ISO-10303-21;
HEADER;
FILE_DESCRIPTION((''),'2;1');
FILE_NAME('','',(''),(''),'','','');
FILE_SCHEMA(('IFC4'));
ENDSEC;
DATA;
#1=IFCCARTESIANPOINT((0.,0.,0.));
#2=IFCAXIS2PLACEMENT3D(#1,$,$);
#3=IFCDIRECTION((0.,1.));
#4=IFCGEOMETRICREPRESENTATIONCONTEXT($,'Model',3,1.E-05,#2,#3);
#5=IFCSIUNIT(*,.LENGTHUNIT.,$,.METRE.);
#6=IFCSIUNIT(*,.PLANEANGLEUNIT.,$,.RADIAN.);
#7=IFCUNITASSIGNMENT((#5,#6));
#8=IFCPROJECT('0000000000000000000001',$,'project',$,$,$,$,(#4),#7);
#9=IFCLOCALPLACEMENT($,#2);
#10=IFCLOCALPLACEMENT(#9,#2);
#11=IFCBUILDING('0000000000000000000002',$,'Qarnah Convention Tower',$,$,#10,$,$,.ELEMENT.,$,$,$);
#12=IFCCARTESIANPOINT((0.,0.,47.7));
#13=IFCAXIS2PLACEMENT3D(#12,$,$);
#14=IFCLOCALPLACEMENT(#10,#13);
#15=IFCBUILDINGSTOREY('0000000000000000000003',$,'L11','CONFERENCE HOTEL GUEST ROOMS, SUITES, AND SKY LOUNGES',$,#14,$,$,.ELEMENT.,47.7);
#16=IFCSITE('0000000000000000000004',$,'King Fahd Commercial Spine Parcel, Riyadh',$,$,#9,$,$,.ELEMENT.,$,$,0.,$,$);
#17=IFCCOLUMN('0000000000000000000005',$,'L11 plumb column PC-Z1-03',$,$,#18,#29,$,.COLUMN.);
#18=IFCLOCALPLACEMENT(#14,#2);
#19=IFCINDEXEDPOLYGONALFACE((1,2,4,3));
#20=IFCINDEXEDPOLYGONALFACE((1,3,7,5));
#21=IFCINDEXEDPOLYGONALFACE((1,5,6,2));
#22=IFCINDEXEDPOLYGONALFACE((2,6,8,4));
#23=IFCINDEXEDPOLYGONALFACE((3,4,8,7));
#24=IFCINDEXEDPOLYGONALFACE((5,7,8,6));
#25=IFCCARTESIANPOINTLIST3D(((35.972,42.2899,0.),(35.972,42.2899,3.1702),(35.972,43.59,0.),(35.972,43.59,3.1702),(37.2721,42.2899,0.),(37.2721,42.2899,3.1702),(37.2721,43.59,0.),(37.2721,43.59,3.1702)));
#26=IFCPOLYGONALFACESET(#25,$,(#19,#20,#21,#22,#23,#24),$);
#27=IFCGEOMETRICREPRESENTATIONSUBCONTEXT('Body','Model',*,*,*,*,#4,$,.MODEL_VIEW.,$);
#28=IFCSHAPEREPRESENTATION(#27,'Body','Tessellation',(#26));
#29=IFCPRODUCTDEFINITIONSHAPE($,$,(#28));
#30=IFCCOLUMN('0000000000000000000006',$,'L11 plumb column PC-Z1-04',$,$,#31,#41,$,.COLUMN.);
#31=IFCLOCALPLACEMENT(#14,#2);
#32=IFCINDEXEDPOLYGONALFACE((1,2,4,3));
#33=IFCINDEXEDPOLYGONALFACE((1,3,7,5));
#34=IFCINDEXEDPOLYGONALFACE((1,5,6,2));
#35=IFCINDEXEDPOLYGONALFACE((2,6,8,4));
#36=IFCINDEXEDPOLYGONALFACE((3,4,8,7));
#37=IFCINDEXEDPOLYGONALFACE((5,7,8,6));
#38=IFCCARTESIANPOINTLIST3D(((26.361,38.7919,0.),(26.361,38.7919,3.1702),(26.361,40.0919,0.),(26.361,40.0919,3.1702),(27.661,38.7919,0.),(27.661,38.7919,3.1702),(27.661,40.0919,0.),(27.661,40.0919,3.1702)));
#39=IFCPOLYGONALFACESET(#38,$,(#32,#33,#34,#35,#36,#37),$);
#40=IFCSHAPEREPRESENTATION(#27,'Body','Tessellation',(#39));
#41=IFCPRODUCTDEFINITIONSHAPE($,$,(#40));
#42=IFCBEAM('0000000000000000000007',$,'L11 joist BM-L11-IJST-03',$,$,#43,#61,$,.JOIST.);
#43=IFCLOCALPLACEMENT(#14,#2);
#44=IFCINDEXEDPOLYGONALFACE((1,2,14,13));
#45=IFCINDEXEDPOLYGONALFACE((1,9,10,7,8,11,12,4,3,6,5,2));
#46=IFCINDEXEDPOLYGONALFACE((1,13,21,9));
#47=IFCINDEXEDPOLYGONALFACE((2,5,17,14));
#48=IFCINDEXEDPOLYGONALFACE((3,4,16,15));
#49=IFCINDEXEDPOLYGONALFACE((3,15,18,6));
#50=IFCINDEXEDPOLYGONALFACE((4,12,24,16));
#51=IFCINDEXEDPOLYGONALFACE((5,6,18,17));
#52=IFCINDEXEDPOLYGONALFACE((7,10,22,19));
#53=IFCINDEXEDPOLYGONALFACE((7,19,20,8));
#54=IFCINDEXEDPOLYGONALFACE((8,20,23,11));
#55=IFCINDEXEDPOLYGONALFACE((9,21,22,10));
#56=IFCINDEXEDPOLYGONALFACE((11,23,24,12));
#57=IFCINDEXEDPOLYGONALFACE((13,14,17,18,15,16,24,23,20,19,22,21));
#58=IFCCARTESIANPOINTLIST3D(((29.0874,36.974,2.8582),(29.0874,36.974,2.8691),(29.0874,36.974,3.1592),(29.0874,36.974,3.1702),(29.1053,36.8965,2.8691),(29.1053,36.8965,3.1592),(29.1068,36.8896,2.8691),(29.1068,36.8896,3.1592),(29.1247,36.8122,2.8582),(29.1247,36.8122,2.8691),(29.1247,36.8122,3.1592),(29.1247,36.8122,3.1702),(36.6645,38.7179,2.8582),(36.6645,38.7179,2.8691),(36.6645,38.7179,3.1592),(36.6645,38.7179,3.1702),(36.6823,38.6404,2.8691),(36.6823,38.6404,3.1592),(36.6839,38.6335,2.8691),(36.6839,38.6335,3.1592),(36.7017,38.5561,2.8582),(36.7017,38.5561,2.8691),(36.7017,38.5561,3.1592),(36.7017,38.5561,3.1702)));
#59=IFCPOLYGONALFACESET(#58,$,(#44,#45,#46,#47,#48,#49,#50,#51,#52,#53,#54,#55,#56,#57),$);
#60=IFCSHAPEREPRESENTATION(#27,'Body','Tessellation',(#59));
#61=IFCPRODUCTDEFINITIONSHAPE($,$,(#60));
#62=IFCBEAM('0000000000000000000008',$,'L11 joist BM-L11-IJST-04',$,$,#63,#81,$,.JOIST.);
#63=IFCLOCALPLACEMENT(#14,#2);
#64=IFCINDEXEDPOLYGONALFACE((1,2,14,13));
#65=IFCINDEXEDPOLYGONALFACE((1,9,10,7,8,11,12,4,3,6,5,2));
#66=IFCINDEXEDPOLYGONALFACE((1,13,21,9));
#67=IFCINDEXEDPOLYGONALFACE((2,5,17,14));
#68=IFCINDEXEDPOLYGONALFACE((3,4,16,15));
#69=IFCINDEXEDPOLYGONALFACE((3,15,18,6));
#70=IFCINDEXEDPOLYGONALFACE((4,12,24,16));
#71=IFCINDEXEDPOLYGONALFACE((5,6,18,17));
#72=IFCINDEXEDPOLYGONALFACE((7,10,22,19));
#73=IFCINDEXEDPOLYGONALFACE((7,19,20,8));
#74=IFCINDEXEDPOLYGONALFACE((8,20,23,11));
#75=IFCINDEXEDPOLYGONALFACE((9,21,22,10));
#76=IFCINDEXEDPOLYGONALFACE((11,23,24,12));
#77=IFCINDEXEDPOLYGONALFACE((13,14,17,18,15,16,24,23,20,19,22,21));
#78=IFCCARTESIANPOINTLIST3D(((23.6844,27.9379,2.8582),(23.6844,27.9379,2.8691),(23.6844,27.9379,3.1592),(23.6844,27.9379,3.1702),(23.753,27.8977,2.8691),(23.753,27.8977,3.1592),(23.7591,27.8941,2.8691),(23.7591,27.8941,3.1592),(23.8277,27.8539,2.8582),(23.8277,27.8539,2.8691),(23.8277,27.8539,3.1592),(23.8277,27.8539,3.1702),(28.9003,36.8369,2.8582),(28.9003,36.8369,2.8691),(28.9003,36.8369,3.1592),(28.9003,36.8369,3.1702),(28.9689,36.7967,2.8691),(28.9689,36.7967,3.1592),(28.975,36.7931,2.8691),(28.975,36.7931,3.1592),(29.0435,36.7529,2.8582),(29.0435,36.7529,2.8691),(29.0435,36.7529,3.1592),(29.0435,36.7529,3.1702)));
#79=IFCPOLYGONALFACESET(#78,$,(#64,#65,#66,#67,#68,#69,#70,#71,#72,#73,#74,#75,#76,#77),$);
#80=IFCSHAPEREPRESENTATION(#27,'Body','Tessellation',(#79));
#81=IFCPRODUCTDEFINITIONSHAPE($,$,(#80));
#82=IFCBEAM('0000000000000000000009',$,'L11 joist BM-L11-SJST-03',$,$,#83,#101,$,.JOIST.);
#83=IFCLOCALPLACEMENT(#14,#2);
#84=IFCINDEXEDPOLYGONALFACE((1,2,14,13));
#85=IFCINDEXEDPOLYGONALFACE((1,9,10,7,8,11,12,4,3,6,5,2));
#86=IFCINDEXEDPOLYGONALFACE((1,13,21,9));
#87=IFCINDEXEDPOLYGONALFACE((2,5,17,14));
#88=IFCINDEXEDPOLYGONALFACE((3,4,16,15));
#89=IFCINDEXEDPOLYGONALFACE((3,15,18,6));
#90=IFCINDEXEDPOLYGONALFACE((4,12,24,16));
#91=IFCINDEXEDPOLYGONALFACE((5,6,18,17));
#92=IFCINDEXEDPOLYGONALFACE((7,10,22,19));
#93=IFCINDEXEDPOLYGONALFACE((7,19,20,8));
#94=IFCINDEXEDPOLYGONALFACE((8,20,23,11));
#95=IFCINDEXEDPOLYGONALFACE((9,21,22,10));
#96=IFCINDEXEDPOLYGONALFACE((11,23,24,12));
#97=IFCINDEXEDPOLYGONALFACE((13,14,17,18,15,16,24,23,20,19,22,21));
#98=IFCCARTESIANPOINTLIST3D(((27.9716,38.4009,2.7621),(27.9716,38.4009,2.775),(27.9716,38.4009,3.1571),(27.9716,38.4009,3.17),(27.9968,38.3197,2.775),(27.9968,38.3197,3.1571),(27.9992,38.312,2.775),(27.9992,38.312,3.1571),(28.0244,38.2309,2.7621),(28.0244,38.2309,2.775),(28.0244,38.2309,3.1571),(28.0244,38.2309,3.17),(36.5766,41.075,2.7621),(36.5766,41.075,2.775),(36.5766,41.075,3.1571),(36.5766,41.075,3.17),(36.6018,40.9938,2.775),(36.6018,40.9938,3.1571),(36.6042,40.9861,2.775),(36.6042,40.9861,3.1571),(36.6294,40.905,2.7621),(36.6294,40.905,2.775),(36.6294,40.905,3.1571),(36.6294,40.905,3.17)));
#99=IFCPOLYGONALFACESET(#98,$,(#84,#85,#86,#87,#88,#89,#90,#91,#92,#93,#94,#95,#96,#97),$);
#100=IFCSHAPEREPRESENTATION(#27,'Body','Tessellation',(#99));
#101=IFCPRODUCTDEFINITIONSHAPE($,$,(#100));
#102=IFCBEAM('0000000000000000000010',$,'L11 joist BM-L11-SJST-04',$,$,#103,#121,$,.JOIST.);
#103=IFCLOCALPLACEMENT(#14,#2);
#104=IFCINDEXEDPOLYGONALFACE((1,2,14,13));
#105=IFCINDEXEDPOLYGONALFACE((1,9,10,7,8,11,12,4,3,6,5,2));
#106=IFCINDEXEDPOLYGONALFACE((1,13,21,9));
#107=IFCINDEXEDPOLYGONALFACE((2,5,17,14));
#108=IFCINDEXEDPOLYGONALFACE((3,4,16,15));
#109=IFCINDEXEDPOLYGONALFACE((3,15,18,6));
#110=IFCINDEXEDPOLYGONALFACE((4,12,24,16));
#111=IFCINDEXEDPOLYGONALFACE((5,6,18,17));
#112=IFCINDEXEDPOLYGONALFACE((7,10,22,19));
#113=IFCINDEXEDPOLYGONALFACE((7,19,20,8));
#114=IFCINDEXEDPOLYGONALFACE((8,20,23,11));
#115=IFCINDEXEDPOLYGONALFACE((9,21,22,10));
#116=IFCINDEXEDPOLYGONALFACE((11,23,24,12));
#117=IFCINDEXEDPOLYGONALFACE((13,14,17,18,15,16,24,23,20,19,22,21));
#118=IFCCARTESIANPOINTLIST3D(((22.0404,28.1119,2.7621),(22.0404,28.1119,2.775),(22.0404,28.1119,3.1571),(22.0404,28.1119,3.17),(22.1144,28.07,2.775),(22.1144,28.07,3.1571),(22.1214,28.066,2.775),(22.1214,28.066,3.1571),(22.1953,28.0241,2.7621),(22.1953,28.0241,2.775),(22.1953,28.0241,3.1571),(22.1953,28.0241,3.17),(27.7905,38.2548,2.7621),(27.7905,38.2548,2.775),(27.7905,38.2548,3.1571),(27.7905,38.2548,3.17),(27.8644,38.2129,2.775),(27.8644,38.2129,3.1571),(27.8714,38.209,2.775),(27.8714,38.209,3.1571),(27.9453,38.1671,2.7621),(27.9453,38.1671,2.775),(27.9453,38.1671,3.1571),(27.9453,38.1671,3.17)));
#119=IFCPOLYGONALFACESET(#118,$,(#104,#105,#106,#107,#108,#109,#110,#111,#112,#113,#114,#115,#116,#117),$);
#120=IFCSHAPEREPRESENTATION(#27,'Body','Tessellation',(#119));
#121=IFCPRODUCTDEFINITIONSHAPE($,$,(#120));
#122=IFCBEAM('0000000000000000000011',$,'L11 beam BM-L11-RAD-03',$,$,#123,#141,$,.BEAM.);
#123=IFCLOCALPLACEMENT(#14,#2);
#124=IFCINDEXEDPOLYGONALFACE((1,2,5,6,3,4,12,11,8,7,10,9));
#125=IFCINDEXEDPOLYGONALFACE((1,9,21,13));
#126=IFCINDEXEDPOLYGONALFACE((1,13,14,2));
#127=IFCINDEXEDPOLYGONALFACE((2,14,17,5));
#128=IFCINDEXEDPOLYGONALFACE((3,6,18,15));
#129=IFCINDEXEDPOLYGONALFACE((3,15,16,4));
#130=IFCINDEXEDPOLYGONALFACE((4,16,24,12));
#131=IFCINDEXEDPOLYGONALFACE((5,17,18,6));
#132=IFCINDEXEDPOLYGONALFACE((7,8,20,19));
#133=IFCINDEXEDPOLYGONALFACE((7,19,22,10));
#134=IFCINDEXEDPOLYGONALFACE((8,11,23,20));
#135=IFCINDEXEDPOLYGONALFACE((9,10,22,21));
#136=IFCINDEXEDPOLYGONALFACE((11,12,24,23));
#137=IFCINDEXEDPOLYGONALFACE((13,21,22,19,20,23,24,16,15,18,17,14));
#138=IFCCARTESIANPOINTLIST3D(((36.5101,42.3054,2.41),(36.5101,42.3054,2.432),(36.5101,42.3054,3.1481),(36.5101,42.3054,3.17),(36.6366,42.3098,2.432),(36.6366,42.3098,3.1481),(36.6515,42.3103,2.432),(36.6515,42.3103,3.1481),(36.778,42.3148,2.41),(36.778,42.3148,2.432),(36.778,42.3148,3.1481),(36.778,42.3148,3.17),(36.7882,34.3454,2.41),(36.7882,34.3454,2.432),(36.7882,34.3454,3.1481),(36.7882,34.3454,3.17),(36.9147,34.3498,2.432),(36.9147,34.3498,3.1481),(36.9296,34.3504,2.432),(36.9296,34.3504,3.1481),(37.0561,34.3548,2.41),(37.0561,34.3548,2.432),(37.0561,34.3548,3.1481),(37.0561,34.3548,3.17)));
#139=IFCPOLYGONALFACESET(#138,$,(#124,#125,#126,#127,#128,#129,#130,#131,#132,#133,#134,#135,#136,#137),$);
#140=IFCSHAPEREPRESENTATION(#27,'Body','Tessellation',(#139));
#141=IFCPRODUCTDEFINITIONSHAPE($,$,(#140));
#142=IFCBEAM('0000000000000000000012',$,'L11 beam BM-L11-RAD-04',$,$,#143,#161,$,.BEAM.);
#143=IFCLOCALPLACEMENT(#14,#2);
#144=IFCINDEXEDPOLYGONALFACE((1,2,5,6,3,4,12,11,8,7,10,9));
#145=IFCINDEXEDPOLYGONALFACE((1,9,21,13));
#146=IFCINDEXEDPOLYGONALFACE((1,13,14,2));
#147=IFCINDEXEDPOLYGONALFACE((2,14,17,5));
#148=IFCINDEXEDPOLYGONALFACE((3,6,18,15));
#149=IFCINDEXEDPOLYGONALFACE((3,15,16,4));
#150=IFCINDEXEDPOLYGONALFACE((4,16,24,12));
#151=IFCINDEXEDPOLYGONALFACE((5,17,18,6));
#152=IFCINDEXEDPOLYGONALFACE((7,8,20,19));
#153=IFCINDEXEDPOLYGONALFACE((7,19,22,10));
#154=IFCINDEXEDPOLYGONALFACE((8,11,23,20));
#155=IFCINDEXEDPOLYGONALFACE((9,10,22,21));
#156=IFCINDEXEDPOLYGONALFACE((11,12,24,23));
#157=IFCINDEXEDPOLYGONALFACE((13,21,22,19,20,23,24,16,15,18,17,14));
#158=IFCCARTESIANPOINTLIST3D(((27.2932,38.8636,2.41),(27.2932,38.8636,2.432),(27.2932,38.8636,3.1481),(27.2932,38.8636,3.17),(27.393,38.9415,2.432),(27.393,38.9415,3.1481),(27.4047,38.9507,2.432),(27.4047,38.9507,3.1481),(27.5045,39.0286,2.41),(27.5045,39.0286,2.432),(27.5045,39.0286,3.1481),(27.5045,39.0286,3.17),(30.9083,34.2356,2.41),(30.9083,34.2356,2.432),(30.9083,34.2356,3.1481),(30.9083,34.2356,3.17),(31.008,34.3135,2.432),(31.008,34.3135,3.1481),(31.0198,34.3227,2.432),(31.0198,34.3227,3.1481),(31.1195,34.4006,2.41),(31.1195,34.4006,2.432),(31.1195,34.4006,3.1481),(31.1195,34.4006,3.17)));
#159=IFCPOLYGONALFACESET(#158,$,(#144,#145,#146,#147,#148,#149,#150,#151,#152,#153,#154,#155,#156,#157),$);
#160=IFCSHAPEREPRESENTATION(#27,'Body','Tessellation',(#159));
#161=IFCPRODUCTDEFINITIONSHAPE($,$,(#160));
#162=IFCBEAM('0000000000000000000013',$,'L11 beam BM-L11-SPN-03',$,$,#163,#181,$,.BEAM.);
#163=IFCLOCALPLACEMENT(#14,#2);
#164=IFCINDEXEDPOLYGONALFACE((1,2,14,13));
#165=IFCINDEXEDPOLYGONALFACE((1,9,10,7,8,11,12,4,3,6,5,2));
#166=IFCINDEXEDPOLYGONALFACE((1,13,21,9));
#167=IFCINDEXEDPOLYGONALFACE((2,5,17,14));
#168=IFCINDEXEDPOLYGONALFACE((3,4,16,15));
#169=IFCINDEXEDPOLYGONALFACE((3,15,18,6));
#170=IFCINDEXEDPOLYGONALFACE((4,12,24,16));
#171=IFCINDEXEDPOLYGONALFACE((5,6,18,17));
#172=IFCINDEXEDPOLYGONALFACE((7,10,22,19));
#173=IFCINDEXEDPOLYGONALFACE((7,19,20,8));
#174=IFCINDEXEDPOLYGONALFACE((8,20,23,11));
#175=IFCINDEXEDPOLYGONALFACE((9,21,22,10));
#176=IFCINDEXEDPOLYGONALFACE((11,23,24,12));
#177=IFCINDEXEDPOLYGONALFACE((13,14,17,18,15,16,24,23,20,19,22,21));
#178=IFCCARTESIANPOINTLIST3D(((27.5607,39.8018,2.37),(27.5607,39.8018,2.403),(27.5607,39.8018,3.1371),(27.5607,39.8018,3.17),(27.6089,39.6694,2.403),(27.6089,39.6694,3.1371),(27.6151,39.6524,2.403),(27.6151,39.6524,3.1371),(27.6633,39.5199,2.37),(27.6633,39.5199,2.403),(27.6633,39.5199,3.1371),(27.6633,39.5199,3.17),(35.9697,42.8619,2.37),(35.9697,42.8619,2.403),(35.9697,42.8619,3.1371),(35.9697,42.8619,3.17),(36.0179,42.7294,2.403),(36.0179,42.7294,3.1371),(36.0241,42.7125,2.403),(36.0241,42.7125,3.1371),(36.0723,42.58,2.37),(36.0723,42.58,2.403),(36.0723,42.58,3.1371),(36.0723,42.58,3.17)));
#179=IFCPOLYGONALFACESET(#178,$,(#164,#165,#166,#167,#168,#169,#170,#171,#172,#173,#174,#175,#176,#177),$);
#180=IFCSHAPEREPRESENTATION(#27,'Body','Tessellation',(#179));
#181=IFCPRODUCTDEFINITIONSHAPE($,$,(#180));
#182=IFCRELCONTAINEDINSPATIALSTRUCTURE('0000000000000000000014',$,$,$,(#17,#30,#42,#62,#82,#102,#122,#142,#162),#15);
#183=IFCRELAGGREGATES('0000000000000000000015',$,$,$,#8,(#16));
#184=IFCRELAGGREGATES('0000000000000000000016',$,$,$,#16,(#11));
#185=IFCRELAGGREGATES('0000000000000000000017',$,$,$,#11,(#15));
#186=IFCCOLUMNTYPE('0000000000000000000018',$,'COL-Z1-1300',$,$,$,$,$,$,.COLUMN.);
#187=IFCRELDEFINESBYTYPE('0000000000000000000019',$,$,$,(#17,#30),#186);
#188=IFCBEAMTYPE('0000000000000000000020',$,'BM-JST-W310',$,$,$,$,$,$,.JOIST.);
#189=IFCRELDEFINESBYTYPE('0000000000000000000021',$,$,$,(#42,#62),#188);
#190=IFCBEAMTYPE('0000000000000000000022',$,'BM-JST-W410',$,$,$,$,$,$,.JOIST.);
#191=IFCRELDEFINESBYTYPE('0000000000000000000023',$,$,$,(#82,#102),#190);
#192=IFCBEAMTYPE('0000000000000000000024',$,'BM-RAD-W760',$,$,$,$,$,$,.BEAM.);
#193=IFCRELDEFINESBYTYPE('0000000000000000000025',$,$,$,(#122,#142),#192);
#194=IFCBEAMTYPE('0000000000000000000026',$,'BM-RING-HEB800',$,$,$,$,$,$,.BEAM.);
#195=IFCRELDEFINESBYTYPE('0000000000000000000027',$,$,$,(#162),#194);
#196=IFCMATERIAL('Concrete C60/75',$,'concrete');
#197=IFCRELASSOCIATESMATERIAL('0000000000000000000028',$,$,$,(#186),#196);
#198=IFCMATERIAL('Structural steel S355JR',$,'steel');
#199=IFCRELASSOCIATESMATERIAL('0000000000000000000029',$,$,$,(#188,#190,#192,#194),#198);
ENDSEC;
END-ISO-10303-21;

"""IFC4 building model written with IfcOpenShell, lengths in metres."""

from ifc_helpers import new_model, si_unit, direction, frame, origin, origin_2d, place, context, subcontext, project, spatial, rectangle, i_section, extrude, material, material_profile, profile_set, type_object, element, save


model = new_model("IFC4")

# Units and contexts
model_context = context("Model", 3, precision=1e-05, world=origin(), true_north=direction((0.0, 1.0)))
body_context = subcontext(model_context, "Body", "Model", "MODEL_VIEW")
ifc_project = project(units=[si_unit("LENGTHUNIT", "METRE"), si_unit("PLANEANGLEUNIT", "RADIAN")], contexts=[model_context])

# Site, building, storey
site_placement = place(None, origin())
site = spatial("IfcSite", under=ifc_project, at=site_placement, Name="King Fahd Commercial Spine Parcel, Riyadh", CompositionType="ELEMENT", RefElevation=0.0)
building_placement = place(site_placement, origin())
building = spatial("IfcBuilding", under=site, at=building_placement, Name="Qarnah Convention Tower", CompositionType="ELEMENT")
storey_placement = place(building_placement, frame((0.0, 0.0, 47.7)))
storey = spatial("IfcBuildingStorey", under=building, at=storey_placement, Name="L11", Description="CONFERENCE HOTEL GUEST ROOMS, SUITES, AND SKY LOUNGES", CompositionType="ELEMENT", Elevation=47.7)

# Columns
ifc_material_1 = material(Name="Concrete C60/75", Category="concrete")
ifc_material_profile_1 = material_profile(ifc_material_1, rectangle(XDim=1.3, YDim=1.3, at=origin_2d()), Name="RC-COL-1300X1300")
ifc_profile_set_1 = profile_set([ifc_material_profile_1], Name="Concrete C60/75")
column_type = type_object("IfcColumnType", Name="COL-Z1-1300", PredefinedType="COLUMN", material=ifc_profile_set_1)
for number, where, z_axis, x_axis, name in (
    (1, (36.6221, 42.9399, 0.0), (0.0, 0.0, 1.0), (1.0, 0.0, 0.0), "L11 plumb column PC-Z1-03"),
    (2, (27.011, 39.4419, 0.0), (0.0, 0.0, 1.0), (1.0, 0.0, 0.0), "L11 plumb column PC-Z1-04"),
):
    element("IfcColumn", number, at=place(storey_placement, frame(where, z_axis=z_axis, x_axis=x_axis)), inside=storey, type_object=column_type, Name=name, PredefinedType="COLUMN", context=body_context, shape_type="SweptSolid", body=[
        extrude(rectangle(XDim=1.3, YDim=1.3, at=origin_2d()), origin(), (0.0, 0.0, 1.0), 3.1702),
    ])

# Beams
ifc_material_2 = material(Name="Structural steel S355JR", Category="steel")
ifc_material_profile_2 = material_profile(ifc_material_2, i_section(OverallWidth=0.166, OverallDepth=0.312, WebThickness=0.0071, FlangeThickness=0.011, at=origin_2d()), Name="W310X45")
ifc_profile_set_2 = profile_set([ifc_material_profile_2], Name="Structural steel S355JR")
beam_type_1 = type_object("IfcBeamType", Name="BM-JST-W310", PredefinedType="JOIST", material=ifc_profile_set_2)
beam_1_placement = place(storey_placement, frame((36.6831, 38.637, 3.0142), z_axis=(-0.974523, -0.224288, 0.0), x_axis=(0.224288, -0.974523, 0.0)))
element("IfcBeam", 3, at=beam_1_placement, inside=storey, type_object=beam_type_1, Name="L11 joist BM-L11-IJST-03", PredefinedType="JOIST", context=body_context, shape_type="SweptSolid", body=[
    extrude(i_section(OverallWidth=0.166, OverallDepth=0.312, WebThickness=0.0071, FlangeThickness=0.011, at=origin_2d()), origin(), (0.0, 0.0, 1.0), 7.7751),
])
beam_2_placement = place(storey_placement, frame((28.9719, 36.7949, 3.0142), z_axis=(-0.505662, -0.862731, 0.0), x_axis=(0.862731, -0.505662, 0.0)))
element("IfcBeam", 4, at=beam_2_placement, inside=storey, type_object=beam_type_1, Name="L11 joist BM-L11-IJST-04", PredefinedType="JOIST", context=body_context, shape_type="SweptSolid", body=[
    extrude(i_section(OverallWidth=0.166, OverallDepth=0.312, WebThickness=0.0071, FlangeThickness=0.011, at=origin_2d()), origin(), (0.0, 0.0, 1.0), 10.3149),
])
ifc_material_profile_3 = material_profile(ifc_material_2, i_section(OverallWidth=0.178, OverallDepth=0.408, WebThickness=0.0081, FlangeThickness=0.0129, at=origin_2d()), Name="W410X60")
ifc_profile_set_3 = profile_set([ifc_material_profile_3], Name="Structural steel S355JR")
beam_type_2 = type_object("IfcBeamType", Name="BM-JST-W410", PredefinedType="JOIST", material=ifc_profile_set_3)
beam_3_placement = place(storey_placement, frame((36.603, 40.99, 2.9661), z_axis=(-0.954952, -0.29676, 0.0), x_axis=(0.29676, -0.954952, 0.0)))
element("IfcBeam", 5, at=beam_3_placement, inside=storey, type_object=beam_type_2, Name="L11 joist BM-L11-SJST-03", PredefinedType="JOIST", context=body_context, shape_type="SweptSolid", body=[
    extrude(i_section(OverallWidth=0.178, OverallDepth=0.408, WebThickness=0.0081, FlangeThickness=0.0129, at=origin_2d()), origin(), (0.0, 0.0, 1.0), 9.011),
])
beam_4_placement = place(storey_placement, frame((27.8679, 38.2109, 2.9661), z_axis=(-0.493168, -0.869934, 0.0), x_axis=(0.869934, -0.493168, 0.0)))
element("IfcBeam", 6, at=beam_4_placement, inside=storey, type_object=beam_type_2, Name="L11 joist BM-L11-SJST-04", PredefinedType="JOIST", context=body_context, shape_type="SweptSolid", body=[
    extrude(i_section(OverallWidth=0.178, OverallDepth=0.408, WebThickness=0.0081, FlangeThickness=0.0129, at=origin_2d()), origin(), (0.0, 0.0, 1.0), 11.6594),
])
ifc_material_profile_4 = material_profile(ifc_material_2, i_section(OverallWidth=0.2681, OverallDepth=0.76, WebThickness=0.0149, FlangeThickness=0.022, at=origin_2d()), Name="W760X185")
ifc_profile_set_4 = profile_set([ifc_material_profile_4], Name="Structural steel S355JR")
beam_type_3 = type_object("IfcBeamType", Name="BM-RAD-W760", PredefinedType="BEAM", material=ifc_profile_set_4)
beam_5_placement = place(storey_placement, frame((36.9221, 34.3501, 2.79), z_axis=(-0.034913, 0.99939, 0.0), x_axis=(-0.99939, -0.034913, 0.0)))
element("IfcBeam", 7, at=beam_5_placement, inside=storey, type_object=beam_type_3, Name="L11 beam BM-L11-RAD-03", PredefinedType="BEAM", context=body_context, shape_type="SweptSolid", body=[
    extrude(i_section(OverallWidth=0.2681, OverallDepth=0.76, WebThickness=0.0149, FlangeThickness=0.022, at=origin_2d()), origin(), (0.0, 0.0, 1.0), 7.9648),
])
beam_6_placement = place(storey_placement, frame((31.0139, 34.3181, 2.79), z_axis=(-0.615583, 0.788072, 0.0), x_axis=(-0.788072, -0.615583, 0.0)))
element("IfcBeam", 8, at=beam_6_placement, inside=storey, type_object=beam_type_3, Name="L11 beam BM-L11-RAD-04", PredefinedType="BEAM", context=body_context, shape_type="SweptSolid", body=[
    extrude(i_section(OverallWidth=0.2681, OverallDepth=0.76, WebThickness=0.0149, FlangeThickness=0.022, at=origin_2d()), origin(), (0.0, 0.0, 1.0), 5.8726),
])
ifc_material_profile_5 = material_profile(ifc_material_2, i_section(OverallWidth=0.3, OverallDepth=0.8, WebThickness=0.0181, FlangeThickness=0.033, at=origin_2d()), Name="HEB800")
ifc_profile_set_5 = profile_set([ifc_material_profile_5], Name="Structural steel S355JR")
beam_type_4 = type_object("IfcBeamType", Name="BM-RING-HEB800", PredefinedType="BEAM", material=ifc_profile_set_5)
beam_7_placement = place(storey_placement, frame((36.021, 42.7209, 2.77), z_axis=(-0.939712, -0.341966, 0.0), x_axis=(0.341966, -0.939712, 0.0)))
element("IfcBeam", 9, at=beam_7_placement, inside=storey, type_object=beam_type_4, Name="L11 beam BM-L11-SPN-03", PredefinedType="BEAM", context=body_context, shape_type="SweptSolid", body=[
    extrude(i_section(OverallWidth=0.3, OverallDepth=0.8, WebThickness=0.0181, FlangeThickness=0.033, at=origin_2d()), origin(), (0.0, 0.0, 1.0), 8.9485),
])

save(model, "model.ifc")
